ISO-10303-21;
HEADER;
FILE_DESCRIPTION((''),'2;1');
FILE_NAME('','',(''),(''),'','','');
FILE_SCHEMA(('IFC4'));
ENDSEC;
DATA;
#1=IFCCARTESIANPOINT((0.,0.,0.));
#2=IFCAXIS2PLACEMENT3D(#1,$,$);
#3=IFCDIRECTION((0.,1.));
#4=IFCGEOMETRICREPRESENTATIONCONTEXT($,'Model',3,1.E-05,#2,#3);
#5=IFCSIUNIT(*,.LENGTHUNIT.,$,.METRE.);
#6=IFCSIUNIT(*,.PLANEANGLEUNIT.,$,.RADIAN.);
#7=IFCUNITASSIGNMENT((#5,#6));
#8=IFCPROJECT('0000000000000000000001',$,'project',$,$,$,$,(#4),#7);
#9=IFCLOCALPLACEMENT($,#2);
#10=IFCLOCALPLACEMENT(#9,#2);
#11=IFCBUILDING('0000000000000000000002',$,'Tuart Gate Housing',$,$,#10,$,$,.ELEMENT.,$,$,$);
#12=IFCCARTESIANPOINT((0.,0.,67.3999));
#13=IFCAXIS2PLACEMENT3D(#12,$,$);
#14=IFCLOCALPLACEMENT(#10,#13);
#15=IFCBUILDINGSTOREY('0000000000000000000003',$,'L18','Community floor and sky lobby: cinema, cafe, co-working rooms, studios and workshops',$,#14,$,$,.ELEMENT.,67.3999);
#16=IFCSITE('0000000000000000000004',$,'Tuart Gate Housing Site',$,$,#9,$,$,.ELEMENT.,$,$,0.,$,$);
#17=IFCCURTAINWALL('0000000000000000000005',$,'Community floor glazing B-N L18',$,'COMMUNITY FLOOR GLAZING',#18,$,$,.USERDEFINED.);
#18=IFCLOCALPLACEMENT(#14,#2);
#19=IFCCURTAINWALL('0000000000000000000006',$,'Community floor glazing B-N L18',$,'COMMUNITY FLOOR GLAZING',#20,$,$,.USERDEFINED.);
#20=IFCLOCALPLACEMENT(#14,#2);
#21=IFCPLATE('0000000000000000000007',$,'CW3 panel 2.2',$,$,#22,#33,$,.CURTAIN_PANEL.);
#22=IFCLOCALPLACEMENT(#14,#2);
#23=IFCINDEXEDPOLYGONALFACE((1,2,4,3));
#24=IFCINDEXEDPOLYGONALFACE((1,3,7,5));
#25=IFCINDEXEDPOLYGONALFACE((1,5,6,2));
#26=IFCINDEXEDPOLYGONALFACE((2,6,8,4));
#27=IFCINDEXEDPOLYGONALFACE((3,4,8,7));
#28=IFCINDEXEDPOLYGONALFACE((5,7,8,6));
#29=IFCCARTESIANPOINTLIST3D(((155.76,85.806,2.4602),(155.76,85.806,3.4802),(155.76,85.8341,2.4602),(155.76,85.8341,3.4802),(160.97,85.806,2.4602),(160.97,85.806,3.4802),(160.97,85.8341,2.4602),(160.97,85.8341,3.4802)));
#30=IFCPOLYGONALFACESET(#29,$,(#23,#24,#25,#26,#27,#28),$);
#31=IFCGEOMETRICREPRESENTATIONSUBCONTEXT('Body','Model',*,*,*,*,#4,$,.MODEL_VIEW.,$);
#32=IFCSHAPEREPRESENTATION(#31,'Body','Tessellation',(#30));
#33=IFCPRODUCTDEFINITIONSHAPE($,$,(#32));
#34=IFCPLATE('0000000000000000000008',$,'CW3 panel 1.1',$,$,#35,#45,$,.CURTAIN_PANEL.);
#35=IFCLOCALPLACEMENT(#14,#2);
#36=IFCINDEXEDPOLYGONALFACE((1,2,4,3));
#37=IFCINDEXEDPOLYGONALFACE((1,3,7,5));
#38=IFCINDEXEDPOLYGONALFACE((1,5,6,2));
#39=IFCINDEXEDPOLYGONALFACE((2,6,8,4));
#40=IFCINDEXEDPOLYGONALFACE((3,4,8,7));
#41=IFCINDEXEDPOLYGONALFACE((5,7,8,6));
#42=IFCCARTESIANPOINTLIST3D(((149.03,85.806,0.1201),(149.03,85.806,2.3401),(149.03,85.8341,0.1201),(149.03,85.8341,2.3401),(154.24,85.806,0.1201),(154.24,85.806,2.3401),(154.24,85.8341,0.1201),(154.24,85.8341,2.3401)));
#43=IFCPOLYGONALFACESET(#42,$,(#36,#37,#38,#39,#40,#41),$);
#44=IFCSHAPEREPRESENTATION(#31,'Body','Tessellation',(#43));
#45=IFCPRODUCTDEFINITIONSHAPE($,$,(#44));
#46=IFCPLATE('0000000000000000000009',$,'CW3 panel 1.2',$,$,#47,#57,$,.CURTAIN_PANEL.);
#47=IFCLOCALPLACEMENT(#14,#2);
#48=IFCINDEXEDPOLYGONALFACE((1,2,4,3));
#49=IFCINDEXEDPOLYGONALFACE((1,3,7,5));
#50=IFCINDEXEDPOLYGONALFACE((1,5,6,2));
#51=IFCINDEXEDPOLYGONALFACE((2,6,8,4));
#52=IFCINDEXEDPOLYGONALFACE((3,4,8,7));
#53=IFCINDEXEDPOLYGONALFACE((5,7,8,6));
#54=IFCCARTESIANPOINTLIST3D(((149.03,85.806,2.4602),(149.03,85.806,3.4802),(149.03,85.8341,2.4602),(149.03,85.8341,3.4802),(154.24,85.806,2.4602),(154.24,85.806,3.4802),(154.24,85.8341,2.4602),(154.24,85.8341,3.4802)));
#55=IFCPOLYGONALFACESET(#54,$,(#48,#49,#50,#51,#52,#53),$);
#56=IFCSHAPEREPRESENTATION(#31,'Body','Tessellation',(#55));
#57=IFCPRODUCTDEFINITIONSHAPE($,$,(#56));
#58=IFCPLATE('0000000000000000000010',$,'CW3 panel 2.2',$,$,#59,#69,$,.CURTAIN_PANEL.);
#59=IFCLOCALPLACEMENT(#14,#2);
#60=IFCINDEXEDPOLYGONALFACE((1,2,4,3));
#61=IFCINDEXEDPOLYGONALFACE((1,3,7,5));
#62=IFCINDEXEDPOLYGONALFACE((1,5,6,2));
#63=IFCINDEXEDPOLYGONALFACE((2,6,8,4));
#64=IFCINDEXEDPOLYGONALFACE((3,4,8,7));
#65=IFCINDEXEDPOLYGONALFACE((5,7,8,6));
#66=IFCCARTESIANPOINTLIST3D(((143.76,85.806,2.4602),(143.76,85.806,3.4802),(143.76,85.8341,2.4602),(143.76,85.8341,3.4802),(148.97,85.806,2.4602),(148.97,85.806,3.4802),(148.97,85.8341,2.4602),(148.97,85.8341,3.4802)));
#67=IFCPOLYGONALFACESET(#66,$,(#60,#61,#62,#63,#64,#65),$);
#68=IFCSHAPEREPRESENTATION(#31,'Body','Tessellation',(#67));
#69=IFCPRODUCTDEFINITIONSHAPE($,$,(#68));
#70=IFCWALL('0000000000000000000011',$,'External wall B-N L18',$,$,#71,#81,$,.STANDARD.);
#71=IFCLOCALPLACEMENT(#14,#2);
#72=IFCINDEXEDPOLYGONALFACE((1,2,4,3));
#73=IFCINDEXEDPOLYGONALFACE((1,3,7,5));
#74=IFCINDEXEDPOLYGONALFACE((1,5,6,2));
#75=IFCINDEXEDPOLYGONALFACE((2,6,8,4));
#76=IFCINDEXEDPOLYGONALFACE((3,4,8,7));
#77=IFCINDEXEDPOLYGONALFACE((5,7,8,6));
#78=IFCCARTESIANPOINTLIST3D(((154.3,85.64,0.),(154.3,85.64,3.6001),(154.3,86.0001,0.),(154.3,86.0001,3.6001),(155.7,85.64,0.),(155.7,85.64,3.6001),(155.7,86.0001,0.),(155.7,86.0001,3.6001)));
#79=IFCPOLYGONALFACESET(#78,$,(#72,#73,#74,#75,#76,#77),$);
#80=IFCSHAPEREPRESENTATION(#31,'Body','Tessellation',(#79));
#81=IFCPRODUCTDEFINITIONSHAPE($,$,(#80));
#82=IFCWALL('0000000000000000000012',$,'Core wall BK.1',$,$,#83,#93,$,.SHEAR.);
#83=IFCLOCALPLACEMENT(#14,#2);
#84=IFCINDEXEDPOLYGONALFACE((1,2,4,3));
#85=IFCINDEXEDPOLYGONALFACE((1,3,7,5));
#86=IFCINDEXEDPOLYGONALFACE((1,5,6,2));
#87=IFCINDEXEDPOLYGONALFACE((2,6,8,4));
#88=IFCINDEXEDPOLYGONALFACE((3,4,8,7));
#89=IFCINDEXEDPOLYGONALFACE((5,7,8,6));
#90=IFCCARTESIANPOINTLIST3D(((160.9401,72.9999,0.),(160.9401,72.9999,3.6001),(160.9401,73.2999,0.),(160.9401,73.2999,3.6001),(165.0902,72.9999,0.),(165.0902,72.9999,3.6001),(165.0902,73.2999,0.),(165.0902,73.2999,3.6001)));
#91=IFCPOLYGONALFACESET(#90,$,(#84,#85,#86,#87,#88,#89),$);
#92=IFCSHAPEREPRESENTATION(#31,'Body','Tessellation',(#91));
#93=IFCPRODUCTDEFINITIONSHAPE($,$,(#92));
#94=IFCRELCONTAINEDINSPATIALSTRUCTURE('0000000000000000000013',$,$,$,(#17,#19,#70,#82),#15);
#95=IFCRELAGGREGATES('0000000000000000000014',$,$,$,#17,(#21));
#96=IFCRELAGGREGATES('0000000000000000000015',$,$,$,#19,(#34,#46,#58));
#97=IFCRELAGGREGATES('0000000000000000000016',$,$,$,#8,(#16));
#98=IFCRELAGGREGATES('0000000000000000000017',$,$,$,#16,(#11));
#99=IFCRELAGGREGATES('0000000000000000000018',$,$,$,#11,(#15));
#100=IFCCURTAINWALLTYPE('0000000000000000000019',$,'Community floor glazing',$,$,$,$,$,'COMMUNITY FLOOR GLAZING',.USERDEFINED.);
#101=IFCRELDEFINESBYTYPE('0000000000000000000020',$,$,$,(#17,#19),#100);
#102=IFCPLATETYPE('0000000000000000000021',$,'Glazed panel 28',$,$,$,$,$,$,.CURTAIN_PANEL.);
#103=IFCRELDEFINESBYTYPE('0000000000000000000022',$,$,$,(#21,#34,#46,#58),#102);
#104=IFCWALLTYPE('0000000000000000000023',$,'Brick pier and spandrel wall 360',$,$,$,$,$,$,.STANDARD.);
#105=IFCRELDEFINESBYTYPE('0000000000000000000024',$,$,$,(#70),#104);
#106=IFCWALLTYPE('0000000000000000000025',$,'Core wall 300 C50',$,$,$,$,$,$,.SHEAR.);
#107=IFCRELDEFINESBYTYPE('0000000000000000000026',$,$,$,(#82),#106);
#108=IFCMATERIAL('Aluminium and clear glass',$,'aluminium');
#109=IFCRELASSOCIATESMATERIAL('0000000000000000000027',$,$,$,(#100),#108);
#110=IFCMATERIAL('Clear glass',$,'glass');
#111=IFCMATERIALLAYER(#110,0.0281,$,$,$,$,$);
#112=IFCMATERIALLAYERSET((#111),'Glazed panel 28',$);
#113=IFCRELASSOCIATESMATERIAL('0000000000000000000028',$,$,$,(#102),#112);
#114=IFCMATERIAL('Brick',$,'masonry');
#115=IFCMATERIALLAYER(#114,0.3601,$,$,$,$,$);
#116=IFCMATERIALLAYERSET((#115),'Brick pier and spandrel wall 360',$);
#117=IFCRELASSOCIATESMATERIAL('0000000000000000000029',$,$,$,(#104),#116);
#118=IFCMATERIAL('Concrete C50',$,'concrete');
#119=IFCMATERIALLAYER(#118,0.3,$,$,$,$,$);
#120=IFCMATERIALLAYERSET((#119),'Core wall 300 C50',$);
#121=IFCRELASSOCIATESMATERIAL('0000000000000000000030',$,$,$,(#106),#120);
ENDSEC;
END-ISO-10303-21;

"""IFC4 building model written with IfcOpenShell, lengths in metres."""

from ifc_helpers import new_model, si_unit, direction, frame, frame_2d, origin, origin_2d, place, context, subcontext, project, spatial, rectangle, extrude, material, layer, layer_set, type_object, element, aggregate, save


model = new_model("IFC4")

# Units and contexts
model_context = context("Model", 3, precision=1e-05, world=origin(), true_north=direction((0.0, 1.0)))
body_context = subcontext(model_context, "Body", "Model", "MODEL_VIEW")
ifc_project = project(units=[si_unit("LENGTHUNIT", "METRE"), si_unit("PLANEANGLEUNIT", "RADIAN")], contexts=[model_context])

# Site, building, storey
site_placement = place(None, origin())
site = spatial("IfcSite", under=ifc_project, at=site_placement, Name="Tuart Gate Housing Site", CompositionType="ELEMENT", RefElevation=0.0)
building_placement = place(site_placement, origin())
building = spatial("IfcBuilding", under=site, at=building_placement, Name="Tuart Gate Housing", CompositionType="ELEMENT")
storey_placement = place(building_placement, frame((0.0, 0.0, 67.3999)))
storey = spatial("IfcBuildingStorey", under=building, at=storey_placement, Name="L18", Description="Community floor and sky lobby: cinema, cafe, co-working rooms, studios and workshops", CompositionType="ELEMENT", Elevation=67.3999)

# Curtain wall
ifc_material_1 = material(Name="Aluminium and clear glass", Category="aluminium")
curtain_wall_type = type_object("IfcCurtainWallType", Name="Community floor glazing", ElementType="COMMUNITY FLOOR GLAZING", PredefinedType="USERDEFINED", material=ifc_material_1)
curtain_wall_1_placement = place(storey_placement, origin())
curtain_wall_1 = element("IfcCurtainWall", 1, at=curtain_wall_1_placement, inside=storey, type_object=curtain_wall_type, Name="Community floor glazing B-N L18", ObjectType="COMMUNITY FLOOR GLAZING", PredefinedType="USERDEFINED")

# Curtain wall
curtain_wall_2_placement = place(storey_placement, origin())
curtain_wall_2 = element("IfcCurtainWall", 2, at=curtain_wall_2_placement, inside=storey, type_object=curtain_wall_type, Name="Community floor glazing B-N L18", ObjectType="COMMUNITY FLOOR GLAZING", PredefinedType="USERDEFINED")

# Plates
ifc_material_2 = material(Name="Clear glass", Category="glass")
ifc_layer_1 = layer(ifc_material_2, 0.0281)
ifc_layer_set_1 = layer_set([ifc_layer_1], Name="Glazed panel 28")
plate_type = type_object("IfcPlateType", Name="Glazed panel 28", PredefinedType="CURTAIN_PANEL", material=ifc_layer_set_1)
plate_1_placement = place(storey_placement, frame((158.365, 85.8201, 2.4602), z_axis=(0.0, 0.0, 1.0), x_axis=(-1.0, 0.0, 0.0)))
plate_1 = element("IfcPlate", 3, at=plate_1_placement, type_object=plate_type, Name="CW3 panel 2.2", PredefinedType="CURTAIN_PANEL", context=body_context, shape_type="SweptSolid", body=[
    extrude(rectangle(XDim=5.21, YDim=0.0281, at=origin_2d()), origin(), (0.0, 0.0, 1.0), 1.02),
])
aggregate(curtain_wall_1, [plate_1])
plate_2_placement = place(storey_placement, frame((151.635, 85.8201, 0.1201), z_axis=(0.0, 0.0, 1.0), x_axis=(-1.0, 0.0, 0.0)))
plate_2 = element("IfcPlate", 4, at=plate_2_placement, type_object=plate_type, Name="CW3 panel 1.1", PredefinedType="CURTAIN_PANEL", context=body_context, shape_type="SweptSolid", body=[
    extrude(rectangle(XDim=5.21, YDim=0.0281, at=origin_2d()), origin(), (0.0, 0.0, 1.0), 2.22),
])
plate_3_placement = place(storey_placement, frame((151.635, 85.8201, 2.4602), z_axis=(0.0, 0.0, 1.0), x_axis=(-1.0, 0.0, 0.0)))
plate_3 = element("IfcPlate", 5, at=plate_3_placement, type_object=plate_type, Name="CW3 panel 1.2", PredefinedType="CURTAIN_PANEL", context=body_context, shape_type="SweptSolid", body=[
    extrude(rectangle(XDim=5.21, YDim=0.0281, at=origin_2d()), origin(), (0.0, 0.0, 1.0), 1.02),
])
plate_4_placement = place(storey_placement, frame((146.365, 85.8201, 2.4602), z_axis=(0.0, 0.0, 1.0), x_axis=(-1.0, 0.0, 0.0)))
plate_4 = element("IfcPlate", 6, at=plate_4_placement, type_object=plate_type, Name="CW3 panel 2.2", PredefinedType="CURTAIN_PANEL", context=body_context, shape_type="SweptSolid", body=[
    extrude(rectangle(XDim=5.21, YDim=0.0281, at=origin_2d()), origin(), (0.0, 0.0, 1.0), 1.02),
])
aggregate(curtain_wall_2, [plate_2, plate_3, plate_4])

# Walls
ifc_material_3 = material(Name="Brick", Category="masonry")
ifc_layer_2 = layer(ifc_material_3, 0.3601)
ifc_layer_set_2 = layer_set([ifc_layer_2], Name="Brick pier and spandrel wall 360")
wall_type_1 = type_object("IfcWallType", Name="Brick pier and spandrel wall 360", PredefinedType="STANDARD", material=ifc_layer_set_2)
wall_1_placement = place(storey_placement, frame((155.7, 85.8201, 0.0), z_axis=(0.0, 0.0, 1.0), x_axis=(-1.0, 0.0, 0.0)))
element("IfcWall", 7, at=wall_1_placement, inside=storey, type_object=wall_type_1, Name="External wall B-N L18", PredefinedType="STANDARD", context=body_context, shape_type="SweptSolid", body=[
    extrude(rectangle(XDim=1.3999, YDim=0.3601, at=frame_2d((0.7, 0.0))), origin(), (0.0, 0.0, 1.0), 3.6001),
])
ifc_material_4 = material(Name="Concrete C50", Category="concrete")
ifc_layer_3 = layer(ifc_material_4, 0.3)
ifc_layer_set_3 = layer_set([ifc_layer_3], Name="Core wall 300 C50")
wall_type_2 = type_object("IfcWallType", Name="Core wall 300 C50", PredefinedType="SHEAR", material=ifc_layer_set_3)
wall_2_placement = place(storey_placement, frame((160.9399, 73.1499, 0.0), z_axis=(0.0, 0.0, 1.0), x_axis=(1.0, 0.0, 0.0)))
element("IfcWall", 8, at=wall_2_placement, inside=storey, type_object=wall_type_2, Name="Core wall BK.1", PredefinedType="SHEAR", context=body_context, shape_type="SweptSolid", body=[
    extrude(rectangle(XDim=4.1501, YDim=0.3, at=frame_2d((2.0752, 0.0))), origin(), (0.0, 0.0, 1.0), 3.6001),
])

save(model, "model.ifc")
